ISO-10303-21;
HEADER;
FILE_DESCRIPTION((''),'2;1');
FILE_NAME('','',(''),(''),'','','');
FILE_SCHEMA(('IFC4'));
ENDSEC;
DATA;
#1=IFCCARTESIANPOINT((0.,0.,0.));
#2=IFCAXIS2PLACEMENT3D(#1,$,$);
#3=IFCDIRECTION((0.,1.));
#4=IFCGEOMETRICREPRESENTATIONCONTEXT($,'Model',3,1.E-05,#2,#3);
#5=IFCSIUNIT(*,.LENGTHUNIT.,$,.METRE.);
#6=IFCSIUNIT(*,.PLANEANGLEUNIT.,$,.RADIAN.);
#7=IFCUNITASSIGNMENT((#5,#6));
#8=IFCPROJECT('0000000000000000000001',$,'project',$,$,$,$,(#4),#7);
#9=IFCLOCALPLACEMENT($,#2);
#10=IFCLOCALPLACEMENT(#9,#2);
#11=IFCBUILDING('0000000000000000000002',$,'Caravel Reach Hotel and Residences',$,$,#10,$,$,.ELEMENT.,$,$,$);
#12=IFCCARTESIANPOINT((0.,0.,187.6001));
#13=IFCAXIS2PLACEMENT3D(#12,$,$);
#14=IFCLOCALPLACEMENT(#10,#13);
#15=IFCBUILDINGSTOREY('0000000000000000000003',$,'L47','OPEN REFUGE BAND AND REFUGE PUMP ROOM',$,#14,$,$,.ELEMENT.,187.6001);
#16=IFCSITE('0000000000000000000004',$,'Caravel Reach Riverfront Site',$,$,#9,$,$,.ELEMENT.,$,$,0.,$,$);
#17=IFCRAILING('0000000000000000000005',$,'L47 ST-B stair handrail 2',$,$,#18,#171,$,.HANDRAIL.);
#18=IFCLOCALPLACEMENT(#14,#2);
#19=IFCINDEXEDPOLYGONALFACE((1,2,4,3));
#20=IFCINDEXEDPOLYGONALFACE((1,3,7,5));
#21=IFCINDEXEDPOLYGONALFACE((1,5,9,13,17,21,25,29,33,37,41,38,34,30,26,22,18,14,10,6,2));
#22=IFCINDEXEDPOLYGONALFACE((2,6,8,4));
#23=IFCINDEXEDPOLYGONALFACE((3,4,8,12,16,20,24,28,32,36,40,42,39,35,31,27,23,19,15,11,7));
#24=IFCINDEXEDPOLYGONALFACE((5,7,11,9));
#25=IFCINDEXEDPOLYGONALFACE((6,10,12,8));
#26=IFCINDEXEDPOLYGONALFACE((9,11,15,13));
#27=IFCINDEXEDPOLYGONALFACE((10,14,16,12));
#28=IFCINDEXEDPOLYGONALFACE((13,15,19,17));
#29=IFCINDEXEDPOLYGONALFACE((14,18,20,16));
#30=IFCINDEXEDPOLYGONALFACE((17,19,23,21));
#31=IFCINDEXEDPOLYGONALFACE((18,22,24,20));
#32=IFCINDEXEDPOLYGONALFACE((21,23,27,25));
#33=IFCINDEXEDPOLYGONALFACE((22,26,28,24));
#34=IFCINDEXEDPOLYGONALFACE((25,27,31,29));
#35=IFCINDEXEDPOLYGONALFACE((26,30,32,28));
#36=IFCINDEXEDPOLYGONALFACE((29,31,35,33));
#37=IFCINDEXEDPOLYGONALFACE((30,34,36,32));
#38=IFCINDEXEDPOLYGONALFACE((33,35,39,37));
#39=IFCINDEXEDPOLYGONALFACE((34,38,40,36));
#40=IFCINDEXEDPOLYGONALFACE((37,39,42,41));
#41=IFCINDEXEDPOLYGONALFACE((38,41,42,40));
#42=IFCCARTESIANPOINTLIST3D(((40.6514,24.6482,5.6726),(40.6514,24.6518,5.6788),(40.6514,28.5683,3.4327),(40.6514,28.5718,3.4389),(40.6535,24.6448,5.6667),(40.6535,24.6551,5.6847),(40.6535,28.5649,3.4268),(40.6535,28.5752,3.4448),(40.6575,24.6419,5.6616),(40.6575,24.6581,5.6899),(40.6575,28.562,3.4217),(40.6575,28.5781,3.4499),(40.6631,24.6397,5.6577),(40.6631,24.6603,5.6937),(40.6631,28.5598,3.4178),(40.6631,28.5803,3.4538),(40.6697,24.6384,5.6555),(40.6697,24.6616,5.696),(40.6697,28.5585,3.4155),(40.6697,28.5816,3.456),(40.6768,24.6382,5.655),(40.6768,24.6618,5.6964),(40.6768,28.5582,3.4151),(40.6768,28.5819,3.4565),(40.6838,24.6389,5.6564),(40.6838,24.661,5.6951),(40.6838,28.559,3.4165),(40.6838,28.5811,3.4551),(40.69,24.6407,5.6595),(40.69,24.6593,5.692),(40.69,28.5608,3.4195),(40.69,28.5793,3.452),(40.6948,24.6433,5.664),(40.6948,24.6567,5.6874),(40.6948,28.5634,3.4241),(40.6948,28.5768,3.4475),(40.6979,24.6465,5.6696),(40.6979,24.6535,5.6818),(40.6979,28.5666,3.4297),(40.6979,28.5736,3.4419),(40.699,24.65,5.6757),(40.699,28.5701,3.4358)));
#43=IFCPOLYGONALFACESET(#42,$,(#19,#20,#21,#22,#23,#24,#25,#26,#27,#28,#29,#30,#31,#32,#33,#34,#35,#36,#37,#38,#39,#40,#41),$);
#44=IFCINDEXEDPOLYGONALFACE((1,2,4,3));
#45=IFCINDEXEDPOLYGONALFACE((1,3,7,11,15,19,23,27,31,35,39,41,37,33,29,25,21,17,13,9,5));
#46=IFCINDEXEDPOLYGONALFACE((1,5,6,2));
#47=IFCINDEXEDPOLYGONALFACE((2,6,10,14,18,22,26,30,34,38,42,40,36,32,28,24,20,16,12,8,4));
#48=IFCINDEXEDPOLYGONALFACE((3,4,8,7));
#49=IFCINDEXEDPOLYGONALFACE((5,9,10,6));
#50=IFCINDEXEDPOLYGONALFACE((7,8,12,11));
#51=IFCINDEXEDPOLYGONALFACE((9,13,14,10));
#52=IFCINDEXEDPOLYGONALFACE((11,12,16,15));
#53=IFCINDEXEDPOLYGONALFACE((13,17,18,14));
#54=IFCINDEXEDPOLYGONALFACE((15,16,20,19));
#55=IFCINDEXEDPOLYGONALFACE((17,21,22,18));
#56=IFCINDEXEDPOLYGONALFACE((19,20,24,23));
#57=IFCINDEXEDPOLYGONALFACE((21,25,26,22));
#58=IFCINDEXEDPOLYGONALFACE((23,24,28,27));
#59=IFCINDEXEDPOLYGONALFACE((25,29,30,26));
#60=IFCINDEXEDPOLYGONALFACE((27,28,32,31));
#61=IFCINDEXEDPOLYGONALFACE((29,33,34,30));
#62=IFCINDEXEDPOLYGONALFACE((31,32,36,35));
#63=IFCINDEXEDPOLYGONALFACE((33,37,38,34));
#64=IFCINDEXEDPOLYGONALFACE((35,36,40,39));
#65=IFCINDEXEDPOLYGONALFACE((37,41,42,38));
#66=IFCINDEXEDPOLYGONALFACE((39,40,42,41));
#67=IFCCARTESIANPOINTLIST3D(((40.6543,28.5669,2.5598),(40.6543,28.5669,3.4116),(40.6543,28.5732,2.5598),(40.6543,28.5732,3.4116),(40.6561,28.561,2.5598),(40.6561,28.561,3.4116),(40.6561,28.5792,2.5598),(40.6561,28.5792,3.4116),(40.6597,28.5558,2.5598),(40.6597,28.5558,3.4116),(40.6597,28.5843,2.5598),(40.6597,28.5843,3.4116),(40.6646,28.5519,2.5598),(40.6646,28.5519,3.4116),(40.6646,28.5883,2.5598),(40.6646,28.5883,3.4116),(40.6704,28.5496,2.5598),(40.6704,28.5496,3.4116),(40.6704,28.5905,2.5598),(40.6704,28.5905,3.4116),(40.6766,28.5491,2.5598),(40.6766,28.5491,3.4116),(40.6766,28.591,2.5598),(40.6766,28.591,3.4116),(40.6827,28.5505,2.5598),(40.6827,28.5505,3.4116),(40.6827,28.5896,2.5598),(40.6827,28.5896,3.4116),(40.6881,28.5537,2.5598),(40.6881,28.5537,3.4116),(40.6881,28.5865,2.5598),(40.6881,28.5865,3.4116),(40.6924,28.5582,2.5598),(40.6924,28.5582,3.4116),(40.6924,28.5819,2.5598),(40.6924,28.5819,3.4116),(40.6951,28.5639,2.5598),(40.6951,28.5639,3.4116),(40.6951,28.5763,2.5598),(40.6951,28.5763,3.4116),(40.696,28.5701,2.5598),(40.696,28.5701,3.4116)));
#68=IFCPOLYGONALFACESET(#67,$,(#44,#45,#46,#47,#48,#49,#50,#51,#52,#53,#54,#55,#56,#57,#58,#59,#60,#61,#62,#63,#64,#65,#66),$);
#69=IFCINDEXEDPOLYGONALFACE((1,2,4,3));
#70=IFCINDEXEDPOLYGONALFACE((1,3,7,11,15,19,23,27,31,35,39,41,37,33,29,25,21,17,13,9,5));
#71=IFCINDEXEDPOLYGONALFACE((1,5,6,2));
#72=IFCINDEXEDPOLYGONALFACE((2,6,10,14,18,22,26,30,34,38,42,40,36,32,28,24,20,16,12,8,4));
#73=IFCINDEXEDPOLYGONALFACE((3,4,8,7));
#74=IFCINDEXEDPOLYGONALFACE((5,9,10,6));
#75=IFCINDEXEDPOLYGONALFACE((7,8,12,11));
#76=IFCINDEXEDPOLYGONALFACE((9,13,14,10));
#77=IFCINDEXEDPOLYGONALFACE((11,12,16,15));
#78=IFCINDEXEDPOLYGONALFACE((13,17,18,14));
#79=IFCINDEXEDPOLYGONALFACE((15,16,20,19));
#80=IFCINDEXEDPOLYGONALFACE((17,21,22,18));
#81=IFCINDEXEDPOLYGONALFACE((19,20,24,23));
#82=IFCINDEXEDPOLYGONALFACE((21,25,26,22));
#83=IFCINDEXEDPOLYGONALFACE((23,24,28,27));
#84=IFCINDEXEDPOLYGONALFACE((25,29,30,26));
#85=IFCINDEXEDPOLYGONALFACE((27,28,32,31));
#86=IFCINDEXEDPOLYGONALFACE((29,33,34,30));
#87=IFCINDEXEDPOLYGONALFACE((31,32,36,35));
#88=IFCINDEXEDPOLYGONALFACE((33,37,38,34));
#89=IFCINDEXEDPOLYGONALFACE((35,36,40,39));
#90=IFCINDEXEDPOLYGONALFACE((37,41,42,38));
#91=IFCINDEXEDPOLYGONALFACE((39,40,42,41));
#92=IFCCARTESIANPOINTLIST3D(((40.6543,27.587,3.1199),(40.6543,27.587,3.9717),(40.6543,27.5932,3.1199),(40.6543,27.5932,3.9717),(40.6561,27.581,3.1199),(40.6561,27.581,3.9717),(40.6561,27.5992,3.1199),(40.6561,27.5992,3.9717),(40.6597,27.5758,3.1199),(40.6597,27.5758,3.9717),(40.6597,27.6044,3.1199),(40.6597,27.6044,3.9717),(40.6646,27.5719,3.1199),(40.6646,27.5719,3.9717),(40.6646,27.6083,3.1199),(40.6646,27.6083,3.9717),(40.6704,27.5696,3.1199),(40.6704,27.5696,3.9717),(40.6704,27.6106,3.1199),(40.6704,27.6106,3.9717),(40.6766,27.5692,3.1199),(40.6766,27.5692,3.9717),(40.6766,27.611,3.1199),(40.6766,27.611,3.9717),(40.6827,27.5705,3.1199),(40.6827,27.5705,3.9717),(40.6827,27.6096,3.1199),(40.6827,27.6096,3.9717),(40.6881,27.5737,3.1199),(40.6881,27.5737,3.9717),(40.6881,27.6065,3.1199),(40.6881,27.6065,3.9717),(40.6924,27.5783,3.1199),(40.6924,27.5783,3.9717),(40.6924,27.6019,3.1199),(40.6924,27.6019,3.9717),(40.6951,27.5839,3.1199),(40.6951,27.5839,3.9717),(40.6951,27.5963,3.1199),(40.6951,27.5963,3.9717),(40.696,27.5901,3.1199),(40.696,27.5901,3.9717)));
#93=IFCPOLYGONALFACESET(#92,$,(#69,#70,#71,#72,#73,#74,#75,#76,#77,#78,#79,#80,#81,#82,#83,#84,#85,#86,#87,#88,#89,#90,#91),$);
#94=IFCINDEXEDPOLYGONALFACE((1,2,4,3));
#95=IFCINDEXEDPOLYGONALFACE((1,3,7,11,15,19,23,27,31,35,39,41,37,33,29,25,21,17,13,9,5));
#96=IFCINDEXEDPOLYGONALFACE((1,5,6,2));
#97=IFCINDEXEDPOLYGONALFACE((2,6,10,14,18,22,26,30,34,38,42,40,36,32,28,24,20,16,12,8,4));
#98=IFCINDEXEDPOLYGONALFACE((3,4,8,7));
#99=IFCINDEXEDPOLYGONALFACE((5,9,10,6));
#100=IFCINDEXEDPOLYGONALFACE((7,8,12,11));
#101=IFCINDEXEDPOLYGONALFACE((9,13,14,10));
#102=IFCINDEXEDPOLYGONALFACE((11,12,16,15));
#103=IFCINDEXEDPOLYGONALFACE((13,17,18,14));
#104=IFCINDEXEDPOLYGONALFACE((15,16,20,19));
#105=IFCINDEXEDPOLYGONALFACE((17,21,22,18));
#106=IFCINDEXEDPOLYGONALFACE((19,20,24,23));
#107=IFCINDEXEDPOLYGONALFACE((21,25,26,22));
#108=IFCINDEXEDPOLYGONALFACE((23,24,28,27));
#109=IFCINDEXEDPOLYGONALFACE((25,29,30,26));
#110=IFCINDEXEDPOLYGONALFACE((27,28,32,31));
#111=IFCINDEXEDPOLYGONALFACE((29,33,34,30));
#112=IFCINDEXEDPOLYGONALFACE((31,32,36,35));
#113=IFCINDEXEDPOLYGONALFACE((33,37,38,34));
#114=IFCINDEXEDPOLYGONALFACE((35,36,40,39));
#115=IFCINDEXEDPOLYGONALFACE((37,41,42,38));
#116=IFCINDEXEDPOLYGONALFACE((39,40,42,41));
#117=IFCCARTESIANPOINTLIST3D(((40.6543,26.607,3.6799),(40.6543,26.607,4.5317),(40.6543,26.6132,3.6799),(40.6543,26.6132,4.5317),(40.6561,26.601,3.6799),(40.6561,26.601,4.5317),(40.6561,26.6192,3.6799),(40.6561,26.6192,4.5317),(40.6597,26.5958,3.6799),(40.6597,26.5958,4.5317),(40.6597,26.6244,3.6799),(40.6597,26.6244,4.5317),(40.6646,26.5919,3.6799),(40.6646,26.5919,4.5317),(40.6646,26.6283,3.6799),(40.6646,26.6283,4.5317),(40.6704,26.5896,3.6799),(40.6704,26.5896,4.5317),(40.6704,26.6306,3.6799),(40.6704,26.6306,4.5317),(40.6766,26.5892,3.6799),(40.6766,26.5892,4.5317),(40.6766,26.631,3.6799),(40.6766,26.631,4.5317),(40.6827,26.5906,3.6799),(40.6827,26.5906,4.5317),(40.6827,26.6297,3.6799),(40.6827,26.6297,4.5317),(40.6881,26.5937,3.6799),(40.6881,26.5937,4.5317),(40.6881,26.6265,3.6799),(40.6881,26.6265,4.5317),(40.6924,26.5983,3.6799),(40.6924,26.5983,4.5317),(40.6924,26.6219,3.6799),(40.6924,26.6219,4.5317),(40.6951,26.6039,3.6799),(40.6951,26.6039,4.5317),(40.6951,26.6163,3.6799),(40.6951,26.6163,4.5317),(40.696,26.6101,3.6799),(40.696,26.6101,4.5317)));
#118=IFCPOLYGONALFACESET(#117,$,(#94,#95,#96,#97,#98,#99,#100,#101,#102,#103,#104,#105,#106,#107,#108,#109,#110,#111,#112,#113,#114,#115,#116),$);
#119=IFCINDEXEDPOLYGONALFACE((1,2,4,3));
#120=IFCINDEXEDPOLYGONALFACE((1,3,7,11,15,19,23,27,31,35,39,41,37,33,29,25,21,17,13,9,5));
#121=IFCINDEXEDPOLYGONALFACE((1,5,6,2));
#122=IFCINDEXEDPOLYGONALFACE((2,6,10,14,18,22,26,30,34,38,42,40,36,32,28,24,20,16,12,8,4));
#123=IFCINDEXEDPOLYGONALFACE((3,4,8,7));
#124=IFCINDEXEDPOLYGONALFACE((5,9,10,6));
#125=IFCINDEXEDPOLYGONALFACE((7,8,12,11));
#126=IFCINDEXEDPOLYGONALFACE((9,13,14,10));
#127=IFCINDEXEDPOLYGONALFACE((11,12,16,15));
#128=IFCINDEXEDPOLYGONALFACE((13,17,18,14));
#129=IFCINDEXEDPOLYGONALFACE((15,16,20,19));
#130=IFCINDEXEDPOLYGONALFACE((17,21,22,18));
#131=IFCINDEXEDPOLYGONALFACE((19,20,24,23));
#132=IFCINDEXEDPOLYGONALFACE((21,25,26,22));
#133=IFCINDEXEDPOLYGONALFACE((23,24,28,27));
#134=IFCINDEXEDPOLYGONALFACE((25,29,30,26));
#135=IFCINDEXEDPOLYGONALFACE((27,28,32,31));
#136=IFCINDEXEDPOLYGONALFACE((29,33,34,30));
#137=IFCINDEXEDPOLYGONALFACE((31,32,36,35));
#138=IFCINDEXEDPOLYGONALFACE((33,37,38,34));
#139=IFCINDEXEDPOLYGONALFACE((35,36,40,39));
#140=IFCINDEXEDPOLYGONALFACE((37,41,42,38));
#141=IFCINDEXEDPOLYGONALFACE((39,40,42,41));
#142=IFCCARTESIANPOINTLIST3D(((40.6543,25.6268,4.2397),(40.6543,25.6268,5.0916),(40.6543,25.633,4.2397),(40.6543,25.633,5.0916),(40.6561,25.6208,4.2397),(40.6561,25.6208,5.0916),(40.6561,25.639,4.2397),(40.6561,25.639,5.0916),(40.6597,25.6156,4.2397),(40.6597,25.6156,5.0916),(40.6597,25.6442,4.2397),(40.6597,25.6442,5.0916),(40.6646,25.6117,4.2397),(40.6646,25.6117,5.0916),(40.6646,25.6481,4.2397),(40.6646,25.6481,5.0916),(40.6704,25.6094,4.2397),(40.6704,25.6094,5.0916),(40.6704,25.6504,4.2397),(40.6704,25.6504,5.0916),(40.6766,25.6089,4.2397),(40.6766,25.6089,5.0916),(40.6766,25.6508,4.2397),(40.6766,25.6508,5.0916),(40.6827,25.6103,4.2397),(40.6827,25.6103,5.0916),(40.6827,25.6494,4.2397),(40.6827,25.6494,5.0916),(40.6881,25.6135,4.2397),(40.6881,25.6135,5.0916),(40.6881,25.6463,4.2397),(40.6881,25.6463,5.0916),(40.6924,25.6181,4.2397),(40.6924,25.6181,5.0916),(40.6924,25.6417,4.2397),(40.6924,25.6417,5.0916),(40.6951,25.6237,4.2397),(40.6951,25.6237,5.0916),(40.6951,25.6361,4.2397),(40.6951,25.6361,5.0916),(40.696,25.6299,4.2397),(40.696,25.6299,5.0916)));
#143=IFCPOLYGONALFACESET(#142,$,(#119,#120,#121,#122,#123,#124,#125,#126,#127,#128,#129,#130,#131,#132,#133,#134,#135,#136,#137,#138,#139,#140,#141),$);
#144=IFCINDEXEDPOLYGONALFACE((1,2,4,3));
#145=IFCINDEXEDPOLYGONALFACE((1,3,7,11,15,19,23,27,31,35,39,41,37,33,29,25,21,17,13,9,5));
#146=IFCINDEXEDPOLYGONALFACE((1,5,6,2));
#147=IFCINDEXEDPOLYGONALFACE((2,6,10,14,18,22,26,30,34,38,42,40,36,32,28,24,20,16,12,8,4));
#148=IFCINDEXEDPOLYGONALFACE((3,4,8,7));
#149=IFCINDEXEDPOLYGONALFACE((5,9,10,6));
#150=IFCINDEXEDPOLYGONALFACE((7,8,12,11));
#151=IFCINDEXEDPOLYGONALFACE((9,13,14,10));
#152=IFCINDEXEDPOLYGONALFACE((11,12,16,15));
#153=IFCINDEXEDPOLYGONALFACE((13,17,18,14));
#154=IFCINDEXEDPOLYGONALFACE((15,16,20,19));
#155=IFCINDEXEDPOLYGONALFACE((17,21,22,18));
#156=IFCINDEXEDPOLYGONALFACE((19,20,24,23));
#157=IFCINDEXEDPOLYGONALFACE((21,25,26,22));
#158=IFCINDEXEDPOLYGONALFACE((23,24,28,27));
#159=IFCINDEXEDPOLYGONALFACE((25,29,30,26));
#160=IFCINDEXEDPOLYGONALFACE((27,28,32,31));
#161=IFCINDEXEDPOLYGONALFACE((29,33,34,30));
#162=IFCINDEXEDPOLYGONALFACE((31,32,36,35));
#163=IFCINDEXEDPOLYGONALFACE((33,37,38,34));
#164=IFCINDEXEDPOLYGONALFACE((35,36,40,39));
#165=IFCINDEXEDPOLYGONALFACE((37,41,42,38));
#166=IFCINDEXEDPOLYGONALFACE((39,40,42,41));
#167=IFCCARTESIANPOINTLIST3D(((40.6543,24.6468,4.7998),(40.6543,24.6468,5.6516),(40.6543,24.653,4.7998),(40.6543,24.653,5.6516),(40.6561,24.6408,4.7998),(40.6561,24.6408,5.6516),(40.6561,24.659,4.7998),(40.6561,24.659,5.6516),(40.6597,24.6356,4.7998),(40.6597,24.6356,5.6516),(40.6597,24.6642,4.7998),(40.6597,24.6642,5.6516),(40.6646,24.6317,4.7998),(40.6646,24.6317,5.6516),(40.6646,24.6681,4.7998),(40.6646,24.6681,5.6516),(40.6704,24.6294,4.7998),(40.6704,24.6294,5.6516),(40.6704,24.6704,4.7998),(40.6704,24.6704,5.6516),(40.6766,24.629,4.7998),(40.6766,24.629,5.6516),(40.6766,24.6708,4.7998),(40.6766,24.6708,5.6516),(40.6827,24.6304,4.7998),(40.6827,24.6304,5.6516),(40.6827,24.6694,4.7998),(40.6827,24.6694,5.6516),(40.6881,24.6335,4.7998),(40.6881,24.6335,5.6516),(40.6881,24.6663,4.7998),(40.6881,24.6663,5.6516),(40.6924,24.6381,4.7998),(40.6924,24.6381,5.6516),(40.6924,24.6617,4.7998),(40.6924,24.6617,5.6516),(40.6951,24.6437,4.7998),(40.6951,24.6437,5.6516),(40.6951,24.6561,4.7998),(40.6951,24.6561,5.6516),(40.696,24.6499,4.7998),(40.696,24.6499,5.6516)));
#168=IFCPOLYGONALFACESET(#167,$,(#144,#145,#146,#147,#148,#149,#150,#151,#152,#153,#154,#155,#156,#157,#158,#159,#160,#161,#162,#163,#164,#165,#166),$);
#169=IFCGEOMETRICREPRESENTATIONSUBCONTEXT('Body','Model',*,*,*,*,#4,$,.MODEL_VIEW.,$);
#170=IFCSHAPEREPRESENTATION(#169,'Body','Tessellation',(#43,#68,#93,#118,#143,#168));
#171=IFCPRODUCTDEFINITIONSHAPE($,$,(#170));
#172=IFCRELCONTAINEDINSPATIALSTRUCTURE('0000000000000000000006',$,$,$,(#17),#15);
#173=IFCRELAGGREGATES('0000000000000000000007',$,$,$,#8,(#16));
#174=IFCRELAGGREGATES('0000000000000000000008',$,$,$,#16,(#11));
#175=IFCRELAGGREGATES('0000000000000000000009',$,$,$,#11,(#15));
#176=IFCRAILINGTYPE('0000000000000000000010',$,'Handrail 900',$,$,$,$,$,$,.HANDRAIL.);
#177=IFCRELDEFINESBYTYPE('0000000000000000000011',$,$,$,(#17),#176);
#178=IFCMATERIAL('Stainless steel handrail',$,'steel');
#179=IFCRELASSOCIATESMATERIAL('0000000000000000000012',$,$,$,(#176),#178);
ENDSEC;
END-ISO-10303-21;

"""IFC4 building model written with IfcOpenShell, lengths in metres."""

from ifc_helpers import new_model, si_unit, direction, frame, origin, origin_2d, place, context, subcontext, project, spatial, circle, extrude, material, type_object, element, save


model = new_model("IFC4")

# Units and contexts
model_context = context("Model", 3, precision=1e-05, world=origin(), true_north=direction((0.0, 1.0)))
body_context = subcontext(model_context, "Body", "Model", "MODEL_VIEW")
ifc_project = project(units=[si_unit("LENGTHUNIT", "METRE"), si_unit("PLANEANGLEUNIT", "RADIAN")], contexts=[model_context])

# Site, building, storey
site_placement = place(None, origin())
site = spatial("IfcSite", under=ifc_project, at=site_placement, Name="Caravel Reach Riverfront Site", CompositionType="ELEMENT", RefElevation=0.0)
building_placement = place(site_placement, origin())
building = spatial("IfcBuilding", under=site, at=building_placement, Name="Caravel Reach Hotel and Residences", CompositionType="ELEMENT")
storey_placement = place(building_placement, frame((0.0, 0.0, 187.6001)))
storey = spatial("IfcBuildingStorey", under=building, at=storey_placement, Name="L47", Description="OPEN REFUGE BAND AND REFUGE PUMP ROOM", CompositionType="ELEMENT", Elevation=187.6001)

# Railing
ifc_material_1 = material(Name="Stainless steel handrail", Category="steel")
railing_type_1 = type_object("IfcRailingType", Name="Handrail 900", PredefinedType="HANDRAIL", material=ifc_material_1)
railing_1_placement = place(storey_placement, frame((40.675, 28.5701, 2.5598)))
element("IfcRailing", 1, at=railing_1_placement, inside=storey, type_object=railing_type_1, Name="L47 ST-B stair handrail 2", PredefinedType="HANDRAIL", context=body_context, shape_type="SweptSolid", body=[
    extrude(circle(Radius=0.0239, at=origin_2d()), frame((0.0, 0.0, 0.876), z_axis=(0.0, -0.868253, 0.496121), x_axis=(1.0, 0.0, 0.0)), (0.0, 0.0, 1.0), 4.5149),
    extrude(circle(Radius=0.021, at=origin_2d()), origin(), (0.0, 0.0, 1.0), 0.8518),
    extrude(circle(Radius=0.021, at=origin_2d()), frame((0.0, -0.98, 0.5601)), (0.0, 0.0, 1.0), 0.8518),
    extrude(circle(Radius=0.021, at=origin_2d()), frame((0.0, -1.96, 1.1201)), (0.0, 0.0, 1.0), 0.8518),
    extrude(circle(Radius=0.021, at=origin_2d()), frame((0.0, -2.9402, 1.6799)), (0.0, 0.0, 1.0), 0.8518),
    extrude(circle(Radius=0.021, at=origin_2d()), frame((0.0, -3.9202, 2.24)), (0.0, 0.0, 1.0), 0.8518),
])

save(model, "model.ifc")
